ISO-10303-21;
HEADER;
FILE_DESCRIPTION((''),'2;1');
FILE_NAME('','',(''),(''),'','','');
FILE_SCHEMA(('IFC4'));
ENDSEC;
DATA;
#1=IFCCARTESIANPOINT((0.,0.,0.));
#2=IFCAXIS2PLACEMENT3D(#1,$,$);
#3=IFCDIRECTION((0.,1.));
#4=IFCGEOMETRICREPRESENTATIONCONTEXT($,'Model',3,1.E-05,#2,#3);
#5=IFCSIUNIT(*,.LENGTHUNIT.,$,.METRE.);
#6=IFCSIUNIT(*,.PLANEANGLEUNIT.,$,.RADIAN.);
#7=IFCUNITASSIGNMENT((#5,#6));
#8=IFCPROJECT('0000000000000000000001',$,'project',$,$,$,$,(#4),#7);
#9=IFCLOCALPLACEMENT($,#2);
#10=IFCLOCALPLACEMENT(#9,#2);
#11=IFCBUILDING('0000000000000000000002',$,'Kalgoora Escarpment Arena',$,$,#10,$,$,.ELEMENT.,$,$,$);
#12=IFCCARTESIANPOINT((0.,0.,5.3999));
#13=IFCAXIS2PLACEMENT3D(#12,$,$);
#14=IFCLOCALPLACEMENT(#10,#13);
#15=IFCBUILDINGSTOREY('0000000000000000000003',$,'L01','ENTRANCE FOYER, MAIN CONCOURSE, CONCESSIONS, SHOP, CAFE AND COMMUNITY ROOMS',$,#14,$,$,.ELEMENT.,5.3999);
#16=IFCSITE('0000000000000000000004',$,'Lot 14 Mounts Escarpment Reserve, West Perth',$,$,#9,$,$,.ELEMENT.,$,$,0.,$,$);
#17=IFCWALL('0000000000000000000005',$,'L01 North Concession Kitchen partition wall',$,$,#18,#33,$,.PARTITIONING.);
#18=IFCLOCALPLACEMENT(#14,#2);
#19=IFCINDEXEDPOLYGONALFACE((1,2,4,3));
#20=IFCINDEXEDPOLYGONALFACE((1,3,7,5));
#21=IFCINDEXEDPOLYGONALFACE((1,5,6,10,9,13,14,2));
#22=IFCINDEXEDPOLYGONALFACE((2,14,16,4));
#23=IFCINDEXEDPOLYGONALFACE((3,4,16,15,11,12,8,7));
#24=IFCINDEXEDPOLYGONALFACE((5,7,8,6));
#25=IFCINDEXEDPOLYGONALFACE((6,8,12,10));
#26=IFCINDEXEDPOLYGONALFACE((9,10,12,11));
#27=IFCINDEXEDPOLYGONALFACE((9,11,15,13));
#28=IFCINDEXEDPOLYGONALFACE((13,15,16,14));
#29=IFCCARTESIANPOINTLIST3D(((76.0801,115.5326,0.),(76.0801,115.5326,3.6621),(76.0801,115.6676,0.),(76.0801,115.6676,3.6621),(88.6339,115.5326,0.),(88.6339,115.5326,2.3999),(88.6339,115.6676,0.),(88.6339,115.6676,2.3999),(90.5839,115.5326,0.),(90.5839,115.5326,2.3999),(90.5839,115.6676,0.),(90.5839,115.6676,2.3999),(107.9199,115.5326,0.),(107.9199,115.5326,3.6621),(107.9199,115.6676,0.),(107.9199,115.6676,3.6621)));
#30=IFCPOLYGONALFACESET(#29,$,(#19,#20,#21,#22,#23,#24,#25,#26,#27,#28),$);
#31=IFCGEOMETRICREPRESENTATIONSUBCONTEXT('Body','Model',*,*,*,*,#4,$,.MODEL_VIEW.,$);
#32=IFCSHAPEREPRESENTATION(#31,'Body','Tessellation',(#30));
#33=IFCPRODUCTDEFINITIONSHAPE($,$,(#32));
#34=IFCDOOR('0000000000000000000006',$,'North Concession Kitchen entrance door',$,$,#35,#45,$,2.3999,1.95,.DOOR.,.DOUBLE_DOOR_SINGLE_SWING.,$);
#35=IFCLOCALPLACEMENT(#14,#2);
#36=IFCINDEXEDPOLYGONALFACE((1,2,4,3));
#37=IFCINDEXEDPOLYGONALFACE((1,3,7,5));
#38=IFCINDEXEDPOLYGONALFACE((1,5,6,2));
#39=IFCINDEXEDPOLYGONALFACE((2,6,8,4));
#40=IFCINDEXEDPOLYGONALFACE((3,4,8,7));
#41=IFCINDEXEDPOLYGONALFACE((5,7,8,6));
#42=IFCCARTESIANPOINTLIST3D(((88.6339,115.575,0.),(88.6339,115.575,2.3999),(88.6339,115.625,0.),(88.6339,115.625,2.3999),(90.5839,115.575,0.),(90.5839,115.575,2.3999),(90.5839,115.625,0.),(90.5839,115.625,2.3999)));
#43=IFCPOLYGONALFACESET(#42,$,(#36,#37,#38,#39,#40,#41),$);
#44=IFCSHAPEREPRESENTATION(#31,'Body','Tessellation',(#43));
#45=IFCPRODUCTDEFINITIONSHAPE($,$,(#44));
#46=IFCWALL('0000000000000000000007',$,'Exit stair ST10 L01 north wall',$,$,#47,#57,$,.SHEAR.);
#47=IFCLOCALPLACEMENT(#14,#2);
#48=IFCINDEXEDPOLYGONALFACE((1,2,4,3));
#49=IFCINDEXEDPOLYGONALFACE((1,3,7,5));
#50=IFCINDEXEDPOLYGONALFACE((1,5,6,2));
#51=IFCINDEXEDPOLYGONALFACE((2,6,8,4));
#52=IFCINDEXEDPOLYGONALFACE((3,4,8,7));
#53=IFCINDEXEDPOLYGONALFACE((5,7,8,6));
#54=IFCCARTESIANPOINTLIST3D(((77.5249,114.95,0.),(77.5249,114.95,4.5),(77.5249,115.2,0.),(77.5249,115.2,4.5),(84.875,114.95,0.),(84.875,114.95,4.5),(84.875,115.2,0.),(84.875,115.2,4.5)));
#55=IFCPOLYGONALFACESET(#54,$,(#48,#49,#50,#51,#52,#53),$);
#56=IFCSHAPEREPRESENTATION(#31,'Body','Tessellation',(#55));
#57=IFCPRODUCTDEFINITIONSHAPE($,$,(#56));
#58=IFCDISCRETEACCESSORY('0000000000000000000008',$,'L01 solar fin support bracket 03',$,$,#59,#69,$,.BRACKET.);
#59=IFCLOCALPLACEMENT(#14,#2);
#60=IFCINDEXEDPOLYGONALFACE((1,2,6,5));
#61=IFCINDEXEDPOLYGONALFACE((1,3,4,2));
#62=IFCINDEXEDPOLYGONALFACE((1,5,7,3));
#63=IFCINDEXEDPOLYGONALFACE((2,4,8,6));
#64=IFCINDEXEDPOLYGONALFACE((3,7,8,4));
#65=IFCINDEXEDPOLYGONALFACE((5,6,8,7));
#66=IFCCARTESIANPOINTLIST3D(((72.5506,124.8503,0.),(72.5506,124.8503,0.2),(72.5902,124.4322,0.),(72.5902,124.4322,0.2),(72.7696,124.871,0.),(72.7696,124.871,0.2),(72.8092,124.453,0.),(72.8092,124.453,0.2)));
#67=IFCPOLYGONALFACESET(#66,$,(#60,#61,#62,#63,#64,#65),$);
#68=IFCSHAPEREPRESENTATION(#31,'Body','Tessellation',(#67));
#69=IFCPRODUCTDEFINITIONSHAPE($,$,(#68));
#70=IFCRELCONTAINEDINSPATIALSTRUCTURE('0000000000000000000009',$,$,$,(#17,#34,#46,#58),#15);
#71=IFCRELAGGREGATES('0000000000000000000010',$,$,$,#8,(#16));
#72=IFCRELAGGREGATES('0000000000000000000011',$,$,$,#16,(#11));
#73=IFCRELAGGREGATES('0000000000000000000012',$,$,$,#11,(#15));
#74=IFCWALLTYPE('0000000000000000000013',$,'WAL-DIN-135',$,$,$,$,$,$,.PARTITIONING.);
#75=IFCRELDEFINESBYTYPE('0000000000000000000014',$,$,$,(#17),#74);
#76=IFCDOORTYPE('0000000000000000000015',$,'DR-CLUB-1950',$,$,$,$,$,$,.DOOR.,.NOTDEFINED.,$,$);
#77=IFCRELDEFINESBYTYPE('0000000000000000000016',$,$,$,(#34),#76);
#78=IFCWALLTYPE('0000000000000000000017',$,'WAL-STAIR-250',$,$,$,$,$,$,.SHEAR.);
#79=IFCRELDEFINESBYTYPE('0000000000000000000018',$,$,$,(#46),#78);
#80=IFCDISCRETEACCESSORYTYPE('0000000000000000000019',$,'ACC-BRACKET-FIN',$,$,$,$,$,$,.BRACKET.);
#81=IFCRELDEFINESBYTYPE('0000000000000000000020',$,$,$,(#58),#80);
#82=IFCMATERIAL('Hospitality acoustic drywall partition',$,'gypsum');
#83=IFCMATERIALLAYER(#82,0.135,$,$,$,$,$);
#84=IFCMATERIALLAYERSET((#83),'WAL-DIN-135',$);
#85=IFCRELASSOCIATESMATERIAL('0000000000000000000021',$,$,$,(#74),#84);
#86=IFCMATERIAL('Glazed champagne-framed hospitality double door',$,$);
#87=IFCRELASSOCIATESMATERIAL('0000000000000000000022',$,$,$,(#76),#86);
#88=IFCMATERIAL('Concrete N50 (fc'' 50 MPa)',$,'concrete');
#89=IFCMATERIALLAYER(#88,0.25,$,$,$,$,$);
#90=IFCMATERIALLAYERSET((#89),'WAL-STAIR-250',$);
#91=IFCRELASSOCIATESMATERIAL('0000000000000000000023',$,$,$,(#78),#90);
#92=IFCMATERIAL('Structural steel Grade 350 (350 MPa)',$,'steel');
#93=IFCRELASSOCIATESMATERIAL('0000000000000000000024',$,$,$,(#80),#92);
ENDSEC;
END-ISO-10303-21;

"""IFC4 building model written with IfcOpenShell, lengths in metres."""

from ifc_helpers import new_model, si_unit, direction, frame, frame_2d, origin, origin_2d, place, context, subcontext, project, spatial, rectangle, extrude, material, layer, layer_set, type_object, element, fill, save


model = new_model("IFC4")

# Units and contexts
model_context = context("Model", 3, precision=1e-05, world=origin(), true_north=direction((0.0, 1.0)))
body_context = subcontext(model_context, "Body", "Model", "MODEL_VIEW")
ifc_project = project(units=[si_unit("LENGTHUNIT", "METRE"), si_unit("PLANEANGLEUNIT", "RADIAN")], contexts=[model_context])

# Site, building, storey
site_placement = place(None, origin())
site = spatial("IfcSite", under=ifc_project, at=site_placement, Name="Lot 14 Mounts Escarpment Reserve, West Perth", CompositionType="ELEMENT", RefElevation=0.0)
building_placement = place(site_placement, origin())
building = spatial("IfcBuilding", under=site, at=building_placement, Name="Kalgoora Escarpment Arena", CompositionType="ELEMENT")
storey_placement = place(building_placement, frame((0.0, 0.0, 5.3999)))
storey = spatial("IfcBuildingStorey", under=building, at=storey_placement, Name="L01", Description="ENTRANCE FOYER, MAIN CONCOURSE, CONCESSIONS, SHOP, CAFE AND COMMUNITY ROOMS", CompositionType="ELEMENT", Elevation=5.3999)

# Wall, opening, door
ifc_material_1 = material(Name="Hospitality acoustic drywall partition", Category="gypsum")
ifc_layer_1 = layer(ifc_material_1, 0.135)
ifc_layer_set_1 = layer_set([ifc_layer_1], Name="WAL-DIN-135")
wall_type_1 = type_object("IfcWallType", Name="WAL-DIN-135", PredefinedType="PARTITIONING", material=ifc_layer_set_1)
wall_1_placement = place(storey_placement, frame((76.0801, 115.6001, 0.0), z_axis=(0.0, 0.0, 1.0), x_axis=(1.0, 0.0, 0.0)))
wall_1 = element("IfcWall", 1, at=wall_1_placement, inside=storey, type_object=wall_type_1, Name="L01 North Concession Kitchen partition wall", PredefinedType="PARTITIONING", context=body_context, shape_type="SweptSolid", body=[
    extrude(rectangle(XDim=31.8398, YDim=0.135, at=frame_2d((15.9199, 0.0))), origin(), (0.0, 0.0, 1.0), 3.6621),
])
opening_placement = place(wall_1_placement, frame((12.5537, 0.0, 0.0)))
opening = element("IfcOpeningElement", 2, at=opening_placement, cuts=wall_1, PredefinedType="OPENING", context=body_context, shape_type="SweptSolid", body=[
    extrude(rectangle(XDim=1.95, YDim=2.3999, at=frame_2d((0.9751, 1.2))), frame((0.0, 0.0774, 0.0), z_axis=(0.0, -1.0, 0.0), x_axis=(1.0, 0.0, 0.0)), (0.0, 0.0, 1.0), 0.155),
])
ifc_material_2 = material(Name="Glazed champagne-framed hospitality double door")
door_type = type_object("IfcDoorType", Name="DR-CLUB-1950", OperationType="NOTDEFINED", PredefinedType="DOOR", material=ifc_material_2)
door_placement = place(opening_placement, origin())
door = element("IfcDoor", 3, at=door_placement, inside=storey, type_object=door_type, Name="North Concession Kitchen entrance door", OperationType="DOUBLE_DOOR_SINGLE_SWING", OverallHeight=2.3999, OverallWidth=1.95, PredefinedType="DOOR", context=body_context, shape_type="SweptSolid", body=[
    extrude(rectangle(XDim=1.95, YDim=2.3999, at=frame_2d((0.9751, 1.2))), frame((0.0, 0.0249, 0.0), z_axis=(0.0, -1.0, 0.0), x_axis=(1.0, 0.0, 0.0)), (0.0, 0.0, 1.0), 0.05),
])
fill(opening, door)

# Wall
ifc_material_3 = material(Name="Concrete N50 (fc' 50 MPa)", Category="concrete")
ifc_layer_2 = layer(ifc_material_3, 0.25)
ifc_layer_set_2 = layer_set([ifc_layer_2], Name="WAL-STAIR-250")
wall_type_2 = type_object("IfcWallType", Name="WAL-STAIR-250", PredefinedType="SHEAR", material=ifc_layer_set_2)
wall_2_placement = place(storey_placement, frame((77.5249, 115.075, 0.0), z_axis=(0.0, 0.0, 1.0), x_axis=(1.0, 0.0, 0.0)))
element("IfcWall", 4, at=wall_2_placement, inside=storey, type_object=wall_type_2, Name="Exit stair ST10 L01 north wall", PredefinedType="SHEAR", context=body_context, shape_type="SweptSolid", body=[
    extrude(rectangle(XDim=7.3501, YDim=0.25, at=frame_2d((3.675, 0.0))), origin(), (0.0, 0.0, 1.0), 4.5),
])

# Discrete accessory
ifc_material_4 = material(Name="Structural steel Grade 350 (350 MPa)", Category="steel")
discrete_accessory_type = type_object("IfcDiscreteAccessoryType", Name="ACC-BRACKET-FIN", PredefinedType="BRACKET", material=ifc_material_4)
discrete_accessory_placement = place(storey_placement, frame((72.6799, 124.6516, 0.0), z_axis=(0.0, 0.0, 1.0), x_axis=(-0.094282, 0.995546, 0.0)))
element("IfcDiscreteAccessory", 5, at=discrete_accessory_placement, inside=storey, type_object=discrete_accessory_type, Name="L01 solar fin support bracket 03", PredefinedType="BRACKET", context=body_context, shape_type="SweptSolid", body=[
    extrude(rectangle(XDim=0.4199, YDim=0.22, at=origin_2d()), origin(), (0.0, 0.0, 1.0), 0.2),
])

save(model, "model.ifc")
